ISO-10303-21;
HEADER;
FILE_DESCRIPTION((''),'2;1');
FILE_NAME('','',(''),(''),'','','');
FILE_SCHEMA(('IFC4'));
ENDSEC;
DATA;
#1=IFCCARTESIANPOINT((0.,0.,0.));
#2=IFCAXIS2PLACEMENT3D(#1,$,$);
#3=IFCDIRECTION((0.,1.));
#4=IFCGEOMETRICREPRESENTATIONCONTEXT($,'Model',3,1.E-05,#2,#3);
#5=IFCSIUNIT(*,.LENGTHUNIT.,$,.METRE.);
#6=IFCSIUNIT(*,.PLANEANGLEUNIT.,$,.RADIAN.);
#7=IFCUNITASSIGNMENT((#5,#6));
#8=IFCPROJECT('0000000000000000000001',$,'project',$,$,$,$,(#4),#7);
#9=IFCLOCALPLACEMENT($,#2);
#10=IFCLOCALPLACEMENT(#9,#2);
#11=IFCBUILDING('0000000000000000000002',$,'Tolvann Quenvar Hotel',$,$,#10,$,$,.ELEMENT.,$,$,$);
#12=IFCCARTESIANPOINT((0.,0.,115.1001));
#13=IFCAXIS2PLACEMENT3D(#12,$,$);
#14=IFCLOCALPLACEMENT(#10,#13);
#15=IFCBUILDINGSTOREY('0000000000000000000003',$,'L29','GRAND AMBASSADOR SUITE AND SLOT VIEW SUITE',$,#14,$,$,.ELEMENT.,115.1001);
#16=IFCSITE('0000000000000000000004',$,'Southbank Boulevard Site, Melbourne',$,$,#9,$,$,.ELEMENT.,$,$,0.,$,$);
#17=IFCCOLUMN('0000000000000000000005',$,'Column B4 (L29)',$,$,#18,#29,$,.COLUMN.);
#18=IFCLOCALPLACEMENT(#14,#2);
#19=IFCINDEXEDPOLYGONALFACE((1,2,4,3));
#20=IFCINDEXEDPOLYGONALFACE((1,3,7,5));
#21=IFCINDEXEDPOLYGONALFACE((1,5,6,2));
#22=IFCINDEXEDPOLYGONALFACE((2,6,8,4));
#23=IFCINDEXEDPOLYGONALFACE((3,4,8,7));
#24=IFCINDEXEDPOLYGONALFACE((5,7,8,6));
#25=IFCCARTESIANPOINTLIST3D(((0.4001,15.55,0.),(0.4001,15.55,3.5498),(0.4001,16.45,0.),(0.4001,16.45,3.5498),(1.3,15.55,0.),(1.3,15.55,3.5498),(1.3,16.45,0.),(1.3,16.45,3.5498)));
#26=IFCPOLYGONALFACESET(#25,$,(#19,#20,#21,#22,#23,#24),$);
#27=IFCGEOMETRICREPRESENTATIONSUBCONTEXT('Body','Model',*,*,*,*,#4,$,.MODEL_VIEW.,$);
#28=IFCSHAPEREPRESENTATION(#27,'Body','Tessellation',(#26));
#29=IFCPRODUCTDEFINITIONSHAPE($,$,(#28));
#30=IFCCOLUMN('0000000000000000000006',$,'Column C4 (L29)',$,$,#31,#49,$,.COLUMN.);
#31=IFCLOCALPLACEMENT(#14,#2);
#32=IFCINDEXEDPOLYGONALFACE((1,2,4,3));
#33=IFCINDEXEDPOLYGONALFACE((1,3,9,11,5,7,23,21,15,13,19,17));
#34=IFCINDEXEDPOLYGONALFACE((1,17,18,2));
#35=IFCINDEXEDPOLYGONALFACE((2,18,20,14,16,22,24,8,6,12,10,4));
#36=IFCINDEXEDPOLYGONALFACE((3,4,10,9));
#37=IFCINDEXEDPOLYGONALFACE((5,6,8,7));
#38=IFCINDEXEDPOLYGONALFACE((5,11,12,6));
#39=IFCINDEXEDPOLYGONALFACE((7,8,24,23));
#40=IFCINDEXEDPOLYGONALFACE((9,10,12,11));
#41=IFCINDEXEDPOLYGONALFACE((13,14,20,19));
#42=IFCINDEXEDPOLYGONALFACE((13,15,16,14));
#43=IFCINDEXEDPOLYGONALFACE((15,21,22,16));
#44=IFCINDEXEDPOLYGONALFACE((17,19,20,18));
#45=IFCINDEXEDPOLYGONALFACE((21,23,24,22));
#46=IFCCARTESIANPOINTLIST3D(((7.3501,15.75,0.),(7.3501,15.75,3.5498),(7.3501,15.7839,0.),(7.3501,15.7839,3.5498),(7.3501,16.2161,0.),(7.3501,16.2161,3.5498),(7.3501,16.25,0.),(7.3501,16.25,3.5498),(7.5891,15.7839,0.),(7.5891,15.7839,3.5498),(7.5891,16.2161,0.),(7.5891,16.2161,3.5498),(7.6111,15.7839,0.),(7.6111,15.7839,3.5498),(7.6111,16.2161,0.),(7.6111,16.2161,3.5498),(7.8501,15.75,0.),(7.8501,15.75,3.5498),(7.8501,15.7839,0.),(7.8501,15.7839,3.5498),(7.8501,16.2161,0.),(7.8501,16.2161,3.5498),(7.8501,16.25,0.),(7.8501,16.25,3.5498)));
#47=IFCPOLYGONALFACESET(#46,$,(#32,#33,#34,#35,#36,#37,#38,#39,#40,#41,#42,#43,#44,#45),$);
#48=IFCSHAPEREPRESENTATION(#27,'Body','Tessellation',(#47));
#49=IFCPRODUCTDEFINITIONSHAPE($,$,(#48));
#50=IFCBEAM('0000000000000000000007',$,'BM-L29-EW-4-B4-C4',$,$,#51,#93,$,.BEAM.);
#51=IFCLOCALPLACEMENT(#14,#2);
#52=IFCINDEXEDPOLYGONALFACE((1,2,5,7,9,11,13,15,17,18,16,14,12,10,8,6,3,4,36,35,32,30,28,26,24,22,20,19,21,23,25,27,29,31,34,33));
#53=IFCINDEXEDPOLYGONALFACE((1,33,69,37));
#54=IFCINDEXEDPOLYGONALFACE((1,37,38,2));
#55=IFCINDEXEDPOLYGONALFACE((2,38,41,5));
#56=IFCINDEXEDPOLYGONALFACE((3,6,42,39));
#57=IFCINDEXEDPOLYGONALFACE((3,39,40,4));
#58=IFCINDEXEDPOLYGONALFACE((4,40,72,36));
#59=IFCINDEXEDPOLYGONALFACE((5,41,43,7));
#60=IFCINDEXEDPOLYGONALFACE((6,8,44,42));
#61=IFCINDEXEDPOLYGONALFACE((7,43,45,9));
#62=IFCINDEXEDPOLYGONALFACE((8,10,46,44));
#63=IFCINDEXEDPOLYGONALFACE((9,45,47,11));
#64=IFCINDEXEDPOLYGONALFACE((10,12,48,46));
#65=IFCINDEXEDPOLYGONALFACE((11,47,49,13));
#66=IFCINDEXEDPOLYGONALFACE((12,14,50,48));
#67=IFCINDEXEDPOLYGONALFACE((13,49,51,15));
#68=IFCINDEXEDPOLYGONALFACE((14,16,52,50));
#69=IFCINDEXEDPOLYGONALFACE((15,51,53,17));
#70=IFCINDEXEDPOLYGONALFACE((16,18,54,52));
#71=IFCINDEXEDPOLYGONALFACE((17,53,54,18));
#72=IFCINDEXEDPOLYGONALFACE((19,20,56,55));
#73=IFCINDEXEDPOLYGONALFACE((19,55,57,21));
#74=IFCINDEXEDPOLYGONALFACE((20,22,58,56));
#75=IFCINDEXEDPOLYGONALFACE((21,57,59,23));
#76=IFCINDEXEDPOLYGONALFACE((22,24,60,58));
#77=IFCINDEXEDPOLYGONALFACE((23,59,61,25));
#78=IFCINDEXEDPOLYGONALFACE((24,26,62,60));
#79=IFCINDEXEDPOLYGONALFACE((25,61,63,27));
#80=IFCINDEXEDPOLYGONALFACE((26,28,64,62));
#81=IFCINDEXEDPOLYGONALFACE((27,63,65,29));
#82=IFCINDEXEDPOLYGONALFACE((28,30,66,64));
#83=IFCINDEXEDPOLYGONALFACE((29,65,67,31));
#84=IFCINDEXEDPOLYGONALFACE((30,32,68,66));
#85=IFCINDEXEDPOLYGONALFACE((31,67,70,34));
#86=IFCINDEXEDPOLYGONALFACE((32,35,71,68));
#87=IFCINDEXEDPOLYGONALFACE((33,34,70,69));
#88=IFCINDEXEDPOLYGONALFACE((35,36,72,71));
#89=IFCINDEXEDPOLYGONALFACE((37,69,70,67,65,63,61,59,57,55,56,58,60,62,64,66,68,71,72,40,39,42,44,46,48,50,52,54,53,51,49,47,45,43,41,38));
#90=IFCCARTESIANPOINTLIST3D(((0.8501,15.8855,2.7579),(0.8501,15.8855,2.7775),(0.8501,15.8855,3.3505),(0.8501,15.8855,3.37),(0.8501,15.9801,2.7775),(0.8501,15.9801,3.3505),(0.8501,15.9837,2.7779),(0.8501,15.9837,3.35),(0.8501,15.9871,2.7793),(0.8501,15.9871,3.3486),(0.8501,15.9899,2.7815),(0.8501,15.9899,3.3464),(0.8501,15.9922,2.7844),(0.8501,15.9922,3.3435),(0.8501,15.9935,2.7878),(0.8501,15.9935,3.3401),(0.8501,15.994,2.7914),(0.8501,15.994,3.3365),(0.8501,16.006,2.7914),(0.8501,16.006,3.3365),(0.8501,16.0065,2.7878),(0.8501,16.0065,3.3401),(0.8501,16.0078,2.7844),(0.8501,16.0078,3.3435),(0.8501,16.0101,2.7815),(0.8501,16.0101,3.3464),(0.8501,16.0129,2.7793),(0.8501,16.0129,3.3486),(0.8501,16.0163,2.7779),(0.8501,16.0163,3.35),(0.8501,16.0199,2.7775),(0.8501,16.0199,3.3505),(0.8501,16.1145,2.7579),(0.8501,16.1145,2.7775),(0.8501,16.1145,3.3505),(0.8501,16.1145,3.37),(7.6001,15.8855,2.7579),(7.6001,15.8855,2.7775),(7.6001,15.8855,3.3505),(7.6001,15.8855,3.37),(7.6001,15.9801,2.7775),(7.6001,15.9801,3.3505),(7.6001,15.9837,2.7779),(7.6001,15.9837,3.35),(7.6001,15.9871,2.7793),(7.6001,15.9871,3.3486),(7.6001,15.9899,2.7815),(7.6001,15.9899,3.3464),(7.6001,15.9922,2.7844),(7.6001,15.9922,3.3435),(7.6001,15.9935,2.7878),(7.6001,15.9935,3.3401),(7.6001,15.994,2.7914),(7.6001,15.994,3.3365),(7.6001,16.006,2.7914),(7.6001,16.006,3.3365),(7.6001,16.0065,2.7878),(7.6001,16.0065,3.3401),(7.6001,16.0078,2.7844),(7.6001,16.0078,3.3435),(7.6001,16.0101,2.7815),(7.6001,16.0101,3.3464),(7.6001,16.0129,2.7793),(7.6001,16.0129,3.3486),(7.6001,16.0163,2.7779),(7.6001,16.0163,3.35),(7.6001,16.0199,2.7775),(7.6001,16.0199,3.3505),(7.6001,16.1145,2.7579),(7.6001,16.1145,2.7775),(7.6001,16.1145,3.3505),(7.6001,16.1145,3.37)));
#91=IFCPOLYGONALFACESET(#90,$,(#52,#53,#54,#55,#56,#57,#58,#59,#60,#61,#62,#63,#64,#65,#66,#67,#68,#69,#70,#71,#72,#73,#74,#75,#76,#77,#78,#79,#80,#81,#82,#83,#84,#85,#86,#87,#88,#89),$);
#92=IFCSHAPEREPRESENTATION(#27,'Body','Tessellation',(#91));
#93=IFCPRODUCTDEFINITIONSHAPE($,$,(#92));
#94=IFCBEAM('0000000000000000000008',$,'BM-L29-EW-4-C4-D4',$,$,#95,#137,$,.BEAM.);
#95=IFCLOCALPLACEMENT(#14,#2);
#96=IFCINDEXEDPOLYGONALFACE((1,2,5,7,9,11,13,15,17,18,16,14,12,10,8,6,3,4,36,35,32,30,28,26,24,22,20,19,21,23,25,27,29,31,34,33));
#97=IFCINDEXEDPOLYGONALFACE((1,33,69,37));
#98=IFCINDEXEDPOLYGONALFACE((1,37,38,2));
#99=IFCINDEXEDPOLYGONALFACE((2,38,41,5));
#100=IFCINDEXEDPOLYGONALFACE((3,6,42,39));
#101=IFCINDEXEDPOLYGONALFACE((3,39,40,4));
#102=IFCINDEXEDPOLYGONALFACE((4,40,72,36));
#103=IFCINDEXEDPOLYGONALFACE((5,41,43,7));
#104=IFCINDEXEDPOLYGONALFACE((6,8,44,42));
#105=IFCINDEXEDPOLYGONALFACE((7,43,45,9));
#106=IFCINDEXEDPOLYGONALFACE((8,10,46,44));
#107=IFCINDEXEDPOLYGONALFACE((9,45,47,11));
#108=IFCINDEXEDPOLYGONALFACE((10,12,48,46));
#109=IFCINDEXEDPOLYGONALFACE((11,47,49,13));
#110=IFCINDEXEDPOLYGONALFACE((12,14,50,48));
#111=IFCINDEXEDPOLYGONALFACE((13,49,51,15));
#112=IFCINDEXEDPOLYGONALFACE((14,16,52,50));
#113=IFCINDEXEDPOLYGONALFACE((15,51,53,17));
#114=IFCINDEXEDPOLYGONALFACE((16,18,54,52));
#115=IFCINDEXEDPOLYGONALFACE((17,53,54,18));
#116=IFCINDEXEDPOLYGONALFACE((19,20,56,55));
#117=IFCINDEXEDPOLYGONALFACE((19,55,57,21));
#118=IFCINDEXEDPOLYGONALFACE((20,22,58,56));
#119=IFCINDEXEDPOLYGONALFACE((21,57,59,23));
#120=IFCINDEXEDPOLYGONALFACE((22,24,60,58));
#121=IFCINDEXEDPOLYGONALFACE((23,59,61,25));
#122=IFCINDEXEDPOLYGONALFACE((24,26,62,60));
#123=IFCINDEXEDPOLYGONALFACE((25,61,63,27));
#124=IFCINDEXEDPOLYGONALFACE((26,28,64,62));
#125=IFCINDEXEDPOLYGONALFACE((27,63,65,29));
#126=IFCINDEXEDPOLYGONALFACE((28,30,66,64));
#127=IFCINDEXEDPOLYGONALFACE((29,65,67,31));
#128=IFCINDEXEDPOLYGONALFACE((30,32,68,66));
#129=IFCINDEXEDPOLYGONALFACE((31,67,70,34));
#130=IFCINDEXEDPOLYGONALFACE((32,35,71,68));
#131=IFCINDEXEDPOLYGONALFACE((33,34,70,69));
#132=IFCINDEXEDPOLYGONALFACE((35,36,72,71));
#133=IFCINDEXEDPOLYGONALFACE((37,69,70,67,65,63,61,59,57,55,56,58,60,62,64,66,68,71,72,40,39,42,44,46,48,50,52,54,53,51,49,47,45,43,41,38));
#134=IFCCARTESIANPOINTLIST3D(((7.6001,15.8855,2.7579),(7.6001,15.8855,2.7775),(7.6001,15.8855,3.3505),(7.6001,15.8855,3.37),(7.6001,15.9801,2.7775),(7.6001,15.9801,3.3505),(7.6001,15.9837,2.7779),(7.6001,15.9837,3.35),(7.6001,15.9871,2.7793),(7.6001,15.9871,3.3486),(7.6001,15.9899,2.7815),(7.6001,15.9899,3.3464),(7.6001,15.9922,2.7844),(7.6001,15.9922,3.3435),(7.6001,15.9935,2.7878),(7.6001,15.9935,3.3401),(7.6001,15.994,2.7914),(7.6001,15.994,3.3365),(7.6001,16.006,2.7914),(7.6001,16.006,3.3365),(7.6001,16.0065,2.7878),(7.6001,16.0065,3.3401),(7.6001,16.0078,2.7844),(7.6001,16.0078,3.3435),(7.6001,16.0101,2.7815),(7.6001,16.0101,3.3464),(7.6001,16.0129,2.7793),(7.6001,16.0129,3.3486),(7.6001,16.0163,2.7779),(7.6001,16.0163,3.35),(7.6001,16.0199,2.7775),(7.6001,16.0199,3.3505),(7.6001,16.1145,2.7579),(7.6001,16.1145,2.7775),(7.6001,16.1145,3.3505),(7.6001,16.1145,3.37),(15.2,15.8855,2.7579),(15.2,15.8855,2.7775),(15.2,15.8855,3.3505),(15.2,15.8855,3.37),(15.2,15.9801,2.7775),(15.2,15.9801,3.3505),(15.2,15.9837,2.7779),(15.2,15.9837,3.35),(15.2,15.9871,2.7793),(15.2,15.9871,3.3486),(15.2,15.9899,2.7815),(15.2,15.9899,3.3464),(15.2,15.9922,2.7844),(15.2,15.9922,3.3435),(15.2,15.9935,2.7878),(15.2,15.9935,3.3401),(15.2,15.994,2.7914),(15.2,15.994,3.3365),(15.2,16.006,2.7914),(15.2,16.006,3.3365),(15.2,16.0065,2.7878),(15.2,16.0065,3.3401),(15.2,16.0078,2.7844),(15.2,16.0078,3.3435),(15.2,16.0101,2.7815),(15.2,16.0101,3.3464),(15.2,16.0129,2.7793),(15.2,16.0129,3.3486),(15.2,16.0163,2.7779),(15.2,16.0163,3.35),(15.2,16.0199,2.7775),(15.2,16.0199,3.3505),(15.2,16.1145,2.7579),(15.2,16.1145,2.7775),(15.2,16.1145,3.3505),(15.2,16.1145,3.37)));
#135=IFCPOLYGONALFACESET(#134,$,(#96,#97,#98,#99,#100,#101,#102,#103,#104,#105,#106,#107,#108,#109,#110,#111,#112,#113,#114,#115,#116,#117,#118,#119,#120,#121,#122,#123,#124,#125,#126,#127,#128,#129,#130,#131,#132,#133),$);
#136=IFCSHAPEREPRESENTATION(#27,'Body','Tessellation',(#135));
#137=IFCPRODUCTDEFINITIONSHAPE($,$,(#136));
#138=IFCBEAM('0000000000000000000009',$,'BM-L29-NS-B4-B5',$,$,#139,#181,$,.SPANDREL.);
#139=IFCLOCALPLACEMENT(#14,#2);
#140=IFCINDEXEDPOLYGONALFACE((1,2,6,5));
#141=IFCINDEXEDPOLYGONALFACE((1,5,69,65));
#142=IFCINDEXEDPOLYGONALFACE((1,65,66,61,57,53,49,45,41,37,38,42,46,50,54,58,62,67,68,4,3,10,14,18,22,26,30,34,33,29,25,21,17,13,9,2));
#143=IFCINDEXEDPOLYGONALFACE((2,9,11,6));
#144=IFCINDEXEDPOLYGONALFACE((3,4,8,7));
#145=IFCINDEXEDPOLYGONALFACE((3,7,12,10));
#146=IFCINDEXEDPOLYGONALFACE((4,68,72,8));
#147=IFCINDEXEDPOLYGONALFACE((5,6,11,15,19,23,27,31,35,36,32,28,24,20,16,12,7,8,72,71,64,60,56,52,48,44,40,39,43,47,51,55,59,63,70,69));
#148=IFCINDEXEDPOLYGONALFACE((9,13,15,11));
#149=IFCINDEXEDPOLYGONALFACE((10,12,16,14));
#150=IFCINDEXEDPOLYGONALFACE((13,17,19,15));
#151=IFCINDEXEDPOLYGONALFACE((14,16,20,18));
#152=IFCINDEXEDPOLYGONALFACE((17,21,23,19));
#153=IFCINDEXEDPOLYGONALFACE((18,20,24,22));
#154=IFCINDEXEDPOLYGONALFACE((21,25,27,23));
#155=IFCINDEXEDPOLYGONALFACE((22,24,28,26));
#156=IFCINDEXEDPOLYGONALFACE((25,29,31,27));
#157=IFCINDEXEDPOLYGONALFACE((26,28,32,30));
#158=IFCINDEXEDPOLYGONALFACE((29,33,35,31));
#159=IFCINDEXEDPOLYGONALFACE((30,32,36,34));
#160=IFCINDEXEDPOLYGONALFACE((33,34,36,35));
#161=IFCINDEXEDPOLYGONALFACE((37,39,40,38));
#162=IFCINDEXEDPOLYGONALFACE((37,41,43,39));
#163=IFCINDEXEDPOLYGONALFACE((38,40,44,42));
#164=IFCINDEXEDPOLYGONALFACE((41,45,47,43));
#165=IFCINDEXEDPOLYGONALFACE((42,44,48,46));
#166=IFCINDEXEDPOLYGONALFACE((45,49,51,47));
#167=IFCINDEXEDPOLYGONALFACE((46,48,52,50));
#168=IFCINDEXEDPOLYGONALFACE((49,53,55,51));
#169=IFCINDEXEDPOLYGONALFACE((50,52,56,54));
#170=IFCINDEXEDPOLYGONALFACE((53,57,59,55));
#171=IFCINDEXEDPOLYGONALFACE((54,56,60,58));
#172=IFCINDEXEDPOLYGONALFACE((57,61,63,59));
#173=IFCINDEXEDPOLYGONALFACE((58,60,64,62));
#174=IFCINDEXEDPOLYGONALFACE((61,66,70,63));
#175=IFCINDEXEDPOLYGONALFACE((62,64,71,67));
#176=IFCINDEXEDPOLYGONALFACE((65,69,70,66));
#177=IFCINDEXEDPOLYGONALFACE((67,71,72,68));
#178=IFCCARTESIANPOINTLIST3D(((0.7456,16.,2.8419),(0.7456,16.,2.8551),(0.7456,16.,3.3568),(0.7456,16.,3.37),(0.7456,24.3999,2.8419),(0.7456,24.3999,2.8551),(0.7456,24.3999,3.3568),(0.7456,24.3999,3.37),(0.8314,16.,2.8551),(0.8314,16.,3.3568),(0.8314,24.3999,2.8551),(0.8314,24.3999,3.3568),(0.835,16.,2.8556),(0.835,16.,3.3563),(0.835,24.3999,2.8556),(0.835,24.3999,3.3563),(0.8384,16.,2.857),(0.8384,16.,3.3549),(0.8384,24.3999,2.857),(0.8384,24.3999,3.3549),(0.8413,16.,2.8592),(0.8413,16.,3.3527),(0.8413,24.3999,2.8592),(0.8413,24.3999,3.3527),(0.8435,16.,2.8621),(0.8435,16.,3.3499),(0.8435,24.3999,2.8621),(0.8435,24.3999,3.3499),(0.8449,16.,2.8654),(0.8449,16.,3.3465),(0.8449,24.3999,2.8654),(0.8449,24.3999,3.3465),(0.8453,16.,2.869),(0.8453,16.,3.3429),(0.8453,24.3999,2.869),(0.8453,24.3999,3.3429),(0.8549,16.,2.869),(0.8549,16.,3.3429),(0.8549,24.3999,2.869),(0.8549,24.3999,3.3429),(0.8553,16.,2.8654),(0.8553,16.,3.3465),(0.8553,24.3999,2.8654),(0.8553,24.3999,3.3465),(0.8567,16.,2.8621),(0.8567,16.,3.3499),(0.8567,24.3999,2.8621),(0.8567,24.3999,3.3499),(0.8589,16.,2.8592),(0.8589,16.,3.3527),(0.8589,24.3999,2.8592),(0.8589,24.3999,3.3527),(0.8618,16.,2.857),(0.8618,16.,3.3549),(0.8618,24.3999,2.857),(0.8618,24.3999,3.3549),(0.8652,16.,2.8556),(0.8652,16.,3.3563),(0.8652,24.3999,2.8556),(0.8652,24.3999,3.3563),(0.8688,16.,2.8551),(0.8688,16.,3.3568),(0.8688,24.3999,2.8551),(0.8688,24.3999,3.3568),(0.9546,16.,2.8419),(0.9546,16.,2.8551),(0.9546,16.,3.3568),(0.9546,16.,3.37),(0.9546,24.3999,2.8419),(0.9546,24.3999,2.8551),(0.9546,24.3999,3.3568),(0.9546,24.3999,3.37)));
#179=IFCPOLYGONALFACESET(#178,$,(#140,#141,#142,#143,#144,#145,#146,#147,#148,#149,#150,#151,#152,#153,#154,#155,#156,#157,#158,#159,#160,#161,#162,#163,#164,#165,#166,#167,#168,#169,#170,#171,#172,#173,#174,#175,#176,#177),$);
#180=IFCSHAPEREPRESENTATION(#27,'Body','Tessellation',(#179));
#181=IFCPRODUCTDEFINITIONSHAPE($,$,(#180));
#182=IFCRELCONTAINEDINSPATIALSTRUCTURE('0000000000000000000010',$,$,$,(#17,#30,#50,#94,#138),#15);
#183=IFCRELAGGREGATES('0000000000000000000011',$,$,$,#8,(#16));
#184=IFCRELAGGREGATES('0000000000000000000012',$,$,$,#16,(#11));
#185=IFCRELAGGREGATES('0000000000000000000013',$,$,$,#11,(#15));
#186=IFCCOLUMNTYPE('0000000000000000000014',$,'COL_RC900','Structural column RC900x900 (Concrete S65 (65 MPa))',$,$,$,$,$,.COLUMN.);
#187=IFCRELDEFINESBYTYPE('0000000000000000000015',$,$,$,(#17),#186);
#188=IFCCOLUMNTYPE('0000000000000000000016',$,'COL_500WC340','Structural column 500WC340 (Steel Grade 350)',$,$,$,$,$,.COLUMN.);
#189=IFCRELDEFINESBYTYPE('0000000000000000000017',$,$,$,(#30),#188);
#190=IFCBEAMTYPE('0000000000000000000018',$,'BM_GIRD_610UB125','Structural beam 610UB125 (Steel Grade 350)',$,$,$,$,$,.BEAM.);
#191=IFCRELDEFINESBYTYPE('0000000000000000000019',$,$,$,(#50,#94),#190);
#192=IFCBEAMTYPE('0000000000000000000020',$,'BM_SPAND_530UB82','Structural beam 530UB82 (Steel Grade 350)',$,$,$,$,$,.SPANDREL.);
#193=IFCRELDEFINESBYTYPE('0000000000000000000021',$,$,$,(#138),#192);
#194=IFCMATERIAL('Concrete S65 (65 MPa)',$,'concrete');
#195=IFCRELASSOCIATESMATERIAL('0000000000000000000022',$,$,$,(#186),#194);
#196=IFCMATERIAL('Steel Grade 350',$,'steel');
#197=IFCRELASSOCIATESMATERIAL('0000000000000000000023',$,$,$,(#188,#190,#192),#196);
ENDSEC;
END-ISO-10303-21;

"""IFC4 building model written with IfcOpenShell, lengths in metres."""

from ifc_helpers import new_model, si_unit, direction, frame, origin, origin_2d, place, context, subcontext, project, spatial, rectangle, i_section, extrude, source, transform, mapped, material, material_profile, profile_set, type_object, type_shapes, element, save


model = new_model("IFC4")

# Units and contexts
model_context = context("Model", 3, precision=1e-05, world=origin(), true_north=direction((0.0, 1.0)))
body_context = subcontext(model_context, "Body", "Model", "MODEL_VIEW")
ifc_project = project(units=[si_unit("LENGTHUNIT", "METRE"), si_unit("PLANEANGLEUNIT", "RADIAN")], contexts=[model_context])

# Site, building, storey
site_placement = place(None, origin())
site = spatial("IfcSite", under=ifc_project, at=site_placement, Name="Southbank Boulevard Site, Melbourne", CompositionType="ELEMENT", RefElevation=0.0)
building_placement = place(site_placement, origin())
building = spatial("IfcBuilding", under=site, at=building_placement, Name="Tolvann Quenvar Hotel", CompositionType="ELEMENT")
storey_placement = place(building_placement, frame((0.0, 0.0, 115.1001)))
storey = spatial("IfcBuildingStorey", under=building, at=storey_placement, Name="L29", Description="GRAND AMBASSADOR SUITE AND SLOT VIEW SUITE", CompositionType="ELEMENT", Elevation=115.1001)

# Columns
ifc_material_1 = material(Name="Concrete S65 (65 MPa)", Category="concrete")
ifc_material_profile_1 = material_profile(ifc_material_1, rectangle(XDim=0.8999, YDim=0.8999, at=origin_2d()), Name="RC900x900")
ifc_profile_set_1 = profile_set([ifc_material_profile_1], Name="Concrete S65 (65 MPa)")
column_type_1 = type_object("IfcColumnType", Name="COL_RC900", Description="Structural column RC900x900 (Concrete S65 (65 MPa))", PredefinedType="COLUMN", material=ifc_profile_set_1)
shared_shape_1 = source(origin(), body_context, "Body", "SweptSolid", [
    extrude(rectangle(XDim=0.8999, YDim=0.8999, at=origin_2d()), origin(), (0.0, 0.0, 1.0), 3.5498),
])
type_shapes(column_type_1, [shared_shape_1])
column_1_placement = place(storey_placement, frame((0.8501, 16.0, 0.0), z_axis=(0.0, 0.0, 1.0), x_axis=(1.0, 0.0, 0.0)))
element("IfcColumn", 1, at=column_1_placement, inside=storey, type_object=column_type_1, Name="Column B4 (L29)", PredefinedType="COLUMN", context=body_context, shape_type="MappedRepresentation", body=[
    mapped(shared_shape_1, transform((0.0, 0.0, 0.0), x_axis=(1.0, 0.0, 0.0), y_axis=(0.0, 1.0, 0.0), z_axis=(0.0, 0.0, 1.0), scale=1.0)),
])
ifc_material_2 = material(Name="Steel Grade 350", Category="steel")
ifc_material_profile_2 = material_profile(ifc_material_2, i_section(OverallWidth=0.5, OverallDepth=0.5, WebThickness=0.022, FlangeThickness=0.0339, at=origin_2d()), Name="500WC340")
ifc_profile_set_2 = profile_set([ifc_material_profile_2], Name="Steel Grade 350")
column_type_2 = type_object("IfcColumnType", Name="COL_500WC340", Description="Structural column 500WC340 (Steel Grade 350)", PredefinedType="COLUMN", material=ifc_profile_set_2)
shared_shape_2 = source(origin(), body_context, "Body", "SweptSolid", [
    extrude(i_section(OverallWidth=0.5, OverallDepth=0.5, WebThickness=0.022, FlangeThickness=0.0339, at=origin_2d()), origin(), (0.0, 0.0, 1.0), 3.5498),
])
type_shapes(column_type_2, [shared_shape_2])
column_2_placement = place(storey_placement, frame((7.6001, 16.0, 0.0), z_axis=(0.0, 0.0, 1.0), x_axis=(1.0, 0.0, 0.0)))
element("IfcColumn", 2, at=column_2_placement, inside=storey, type_object=column_type_2, Name="Column C4 (L29)", PredefinedType="COLUMN", context=body_context, shape_type="MappedRepresentation", body=[
    mapped(shared_shape_2, transform((0.0, 0.0, 0.0), x_axis=(1.0, 0.0, 0.0), y_axis=(0.0, 1.0, 0.0), z_axis=(0.0, 0.0, 1.0), scale=1.0)),
])

# Beams
ifc_material_profile_3 = material_profile(ifc_material_2, i_section(OverallWidth=0.229, OverallDepth=0.6121, WebThickness=0.012, FlangeThickness=0.0195, FilletRadius=0.0139, at=origin_2d()), Name="610UB125")
ifc_profile_set_3 = profile_set([ifc_material_profile_3], Name="Steel Grade 350")
beam_type_1 = type_object("IfcBeamType", Name="BM_GIRD_610UB125", Description="Structural beam 610UB125 (Steel Grade 350)", PredefinedType="BEAM", material=ifc_profile_set_3)
shared_shape_3 = source(origin(), body_context, "Body", "SweptSolid", [
    extrude(i_section(OverallWidth=0.229, OverallDepth=0.6121, WebThickness=0.012, FlangeThickness=0.0195, FilletRadius=0.0139, at=origin_2d()), origin(), (0.0, 0.0, 1.0), 6.75),
])
beam_1_placement = place(storey_placement, frame((0.8501, 16.0, 3.064), z_axis=(1.0, 0.0, 0.0), x_axis=(0.0, 1.0, 0.0)))
element("IfcBeam", 3, at=beam_1_placement, inside=storey, type_object=beam_type_1, Name="BM-L29-EW-4-B4-C4", PredefinedType="BEAM", context=body_context, shape_type="MappedRepresentation", body=[
    mapped(shared_shape_3, transform((0.0, 0.0, 0.0), x_axis=(1.0, 0.0, 0.0), y_axis=(0.0, 1.0, 0.0), z_axis=(0.0, 0.0, 1.0), scale=1.0)),
])
shared_shape_4 = source(origin(), body_context, "Body", "SweptSolid", [
    extrude(i_section(OverallWidth=0.229, OverallDepth=0.6121, WebThickness=0.012, FlangeThickness=0.0195, FilletRadius=0.0139, at=origin_2d()), origin(), (0.0, 0.0, 1.0), 7.5999),
])
type_shapes(beam_type_1, [shared_shape_3, shared_shape_4])
beam_2_placement = place(storey_placement, frame((7.6001, 16.0, 3.064), z_axis=(1.0, 0.0, 0.0), x_axis=(0.0, 1.0, 0.0)))
element("IfcBeam", 4, at=beam_2_placement, inside=storey, type_object=beam_type_1, Name="BM-L29-EW-4-C4-D4", PredefinedType="BEAM", context=body_context, shape_type="MappedRepresentation", body=[
    mapped(shared_shape_4, transform((0.0, 0.0, 0.0), x_axis=(1.0, 0.0, 0.0), y_axis=(0.0, 1.0, 0.0), z_axis=(0.0, 0.0, 1.0), scale=1.0)),
])
ifc_material_profile_4 = material_profile(ifc_material_2, i_section(OverallWidth=0.209, OverallDepth=0.5281, WebThickness=0.0095, FlangeThickness=0.0132, FilletRadius=0.0139, at=origin_2d()), Name="530UB82")
ifc_profile_set_4 = profile_set([ifc_material_profile_4], Name="Steel Grade 350")
beam_type_2 = type_object("IfcBeamType", Name="BM_SPAND_530UB82", Description="Structural beam 530UB82 (Steel Grade 350)", PredefinedType="SPANDREL", material=ifc_profile_set_4)
shared_shape_5 = source(origin(), body_context, "Body", "SweptSolid", [
    extrude(i_section(OverallWidth=0.209, OverallDepth=0.5281, WebThickness=0.0095, FlangeThickness=0.0132, FilletRadius=0.0139, at=origin_2d()), origin(), (0.0, 0.0, 1.0), 8.3999),
])
type_shapes(beam_type_2, [shared_shape_5])
beam_3_placement = place(storey_placement, frame((0.8501, 16.0, 3.106), z_axis=(0.0, 1.0, 0.0), x_axis=(-1.0, 0.0, 0.0)))
element("IfcBeam", 5, at=beam_3_placement, inside=storey, type_object=beam_type_2, Name="BM-L29-NS-B4-B5", PredefinedType="SPANDREL", context=body_context, shape_type="MappedRepresentation", body=[
    mapped(shared_shape_5, transform((0.0, 0.0, 0.0), x_axis=(1.0, 0.0, 0.0), y_axis=(0.0, 1.0, 0.0), z_axis=(0.0, 0.0, 1.0), scale=1.0)),
])

save(model, "model.ifc")
